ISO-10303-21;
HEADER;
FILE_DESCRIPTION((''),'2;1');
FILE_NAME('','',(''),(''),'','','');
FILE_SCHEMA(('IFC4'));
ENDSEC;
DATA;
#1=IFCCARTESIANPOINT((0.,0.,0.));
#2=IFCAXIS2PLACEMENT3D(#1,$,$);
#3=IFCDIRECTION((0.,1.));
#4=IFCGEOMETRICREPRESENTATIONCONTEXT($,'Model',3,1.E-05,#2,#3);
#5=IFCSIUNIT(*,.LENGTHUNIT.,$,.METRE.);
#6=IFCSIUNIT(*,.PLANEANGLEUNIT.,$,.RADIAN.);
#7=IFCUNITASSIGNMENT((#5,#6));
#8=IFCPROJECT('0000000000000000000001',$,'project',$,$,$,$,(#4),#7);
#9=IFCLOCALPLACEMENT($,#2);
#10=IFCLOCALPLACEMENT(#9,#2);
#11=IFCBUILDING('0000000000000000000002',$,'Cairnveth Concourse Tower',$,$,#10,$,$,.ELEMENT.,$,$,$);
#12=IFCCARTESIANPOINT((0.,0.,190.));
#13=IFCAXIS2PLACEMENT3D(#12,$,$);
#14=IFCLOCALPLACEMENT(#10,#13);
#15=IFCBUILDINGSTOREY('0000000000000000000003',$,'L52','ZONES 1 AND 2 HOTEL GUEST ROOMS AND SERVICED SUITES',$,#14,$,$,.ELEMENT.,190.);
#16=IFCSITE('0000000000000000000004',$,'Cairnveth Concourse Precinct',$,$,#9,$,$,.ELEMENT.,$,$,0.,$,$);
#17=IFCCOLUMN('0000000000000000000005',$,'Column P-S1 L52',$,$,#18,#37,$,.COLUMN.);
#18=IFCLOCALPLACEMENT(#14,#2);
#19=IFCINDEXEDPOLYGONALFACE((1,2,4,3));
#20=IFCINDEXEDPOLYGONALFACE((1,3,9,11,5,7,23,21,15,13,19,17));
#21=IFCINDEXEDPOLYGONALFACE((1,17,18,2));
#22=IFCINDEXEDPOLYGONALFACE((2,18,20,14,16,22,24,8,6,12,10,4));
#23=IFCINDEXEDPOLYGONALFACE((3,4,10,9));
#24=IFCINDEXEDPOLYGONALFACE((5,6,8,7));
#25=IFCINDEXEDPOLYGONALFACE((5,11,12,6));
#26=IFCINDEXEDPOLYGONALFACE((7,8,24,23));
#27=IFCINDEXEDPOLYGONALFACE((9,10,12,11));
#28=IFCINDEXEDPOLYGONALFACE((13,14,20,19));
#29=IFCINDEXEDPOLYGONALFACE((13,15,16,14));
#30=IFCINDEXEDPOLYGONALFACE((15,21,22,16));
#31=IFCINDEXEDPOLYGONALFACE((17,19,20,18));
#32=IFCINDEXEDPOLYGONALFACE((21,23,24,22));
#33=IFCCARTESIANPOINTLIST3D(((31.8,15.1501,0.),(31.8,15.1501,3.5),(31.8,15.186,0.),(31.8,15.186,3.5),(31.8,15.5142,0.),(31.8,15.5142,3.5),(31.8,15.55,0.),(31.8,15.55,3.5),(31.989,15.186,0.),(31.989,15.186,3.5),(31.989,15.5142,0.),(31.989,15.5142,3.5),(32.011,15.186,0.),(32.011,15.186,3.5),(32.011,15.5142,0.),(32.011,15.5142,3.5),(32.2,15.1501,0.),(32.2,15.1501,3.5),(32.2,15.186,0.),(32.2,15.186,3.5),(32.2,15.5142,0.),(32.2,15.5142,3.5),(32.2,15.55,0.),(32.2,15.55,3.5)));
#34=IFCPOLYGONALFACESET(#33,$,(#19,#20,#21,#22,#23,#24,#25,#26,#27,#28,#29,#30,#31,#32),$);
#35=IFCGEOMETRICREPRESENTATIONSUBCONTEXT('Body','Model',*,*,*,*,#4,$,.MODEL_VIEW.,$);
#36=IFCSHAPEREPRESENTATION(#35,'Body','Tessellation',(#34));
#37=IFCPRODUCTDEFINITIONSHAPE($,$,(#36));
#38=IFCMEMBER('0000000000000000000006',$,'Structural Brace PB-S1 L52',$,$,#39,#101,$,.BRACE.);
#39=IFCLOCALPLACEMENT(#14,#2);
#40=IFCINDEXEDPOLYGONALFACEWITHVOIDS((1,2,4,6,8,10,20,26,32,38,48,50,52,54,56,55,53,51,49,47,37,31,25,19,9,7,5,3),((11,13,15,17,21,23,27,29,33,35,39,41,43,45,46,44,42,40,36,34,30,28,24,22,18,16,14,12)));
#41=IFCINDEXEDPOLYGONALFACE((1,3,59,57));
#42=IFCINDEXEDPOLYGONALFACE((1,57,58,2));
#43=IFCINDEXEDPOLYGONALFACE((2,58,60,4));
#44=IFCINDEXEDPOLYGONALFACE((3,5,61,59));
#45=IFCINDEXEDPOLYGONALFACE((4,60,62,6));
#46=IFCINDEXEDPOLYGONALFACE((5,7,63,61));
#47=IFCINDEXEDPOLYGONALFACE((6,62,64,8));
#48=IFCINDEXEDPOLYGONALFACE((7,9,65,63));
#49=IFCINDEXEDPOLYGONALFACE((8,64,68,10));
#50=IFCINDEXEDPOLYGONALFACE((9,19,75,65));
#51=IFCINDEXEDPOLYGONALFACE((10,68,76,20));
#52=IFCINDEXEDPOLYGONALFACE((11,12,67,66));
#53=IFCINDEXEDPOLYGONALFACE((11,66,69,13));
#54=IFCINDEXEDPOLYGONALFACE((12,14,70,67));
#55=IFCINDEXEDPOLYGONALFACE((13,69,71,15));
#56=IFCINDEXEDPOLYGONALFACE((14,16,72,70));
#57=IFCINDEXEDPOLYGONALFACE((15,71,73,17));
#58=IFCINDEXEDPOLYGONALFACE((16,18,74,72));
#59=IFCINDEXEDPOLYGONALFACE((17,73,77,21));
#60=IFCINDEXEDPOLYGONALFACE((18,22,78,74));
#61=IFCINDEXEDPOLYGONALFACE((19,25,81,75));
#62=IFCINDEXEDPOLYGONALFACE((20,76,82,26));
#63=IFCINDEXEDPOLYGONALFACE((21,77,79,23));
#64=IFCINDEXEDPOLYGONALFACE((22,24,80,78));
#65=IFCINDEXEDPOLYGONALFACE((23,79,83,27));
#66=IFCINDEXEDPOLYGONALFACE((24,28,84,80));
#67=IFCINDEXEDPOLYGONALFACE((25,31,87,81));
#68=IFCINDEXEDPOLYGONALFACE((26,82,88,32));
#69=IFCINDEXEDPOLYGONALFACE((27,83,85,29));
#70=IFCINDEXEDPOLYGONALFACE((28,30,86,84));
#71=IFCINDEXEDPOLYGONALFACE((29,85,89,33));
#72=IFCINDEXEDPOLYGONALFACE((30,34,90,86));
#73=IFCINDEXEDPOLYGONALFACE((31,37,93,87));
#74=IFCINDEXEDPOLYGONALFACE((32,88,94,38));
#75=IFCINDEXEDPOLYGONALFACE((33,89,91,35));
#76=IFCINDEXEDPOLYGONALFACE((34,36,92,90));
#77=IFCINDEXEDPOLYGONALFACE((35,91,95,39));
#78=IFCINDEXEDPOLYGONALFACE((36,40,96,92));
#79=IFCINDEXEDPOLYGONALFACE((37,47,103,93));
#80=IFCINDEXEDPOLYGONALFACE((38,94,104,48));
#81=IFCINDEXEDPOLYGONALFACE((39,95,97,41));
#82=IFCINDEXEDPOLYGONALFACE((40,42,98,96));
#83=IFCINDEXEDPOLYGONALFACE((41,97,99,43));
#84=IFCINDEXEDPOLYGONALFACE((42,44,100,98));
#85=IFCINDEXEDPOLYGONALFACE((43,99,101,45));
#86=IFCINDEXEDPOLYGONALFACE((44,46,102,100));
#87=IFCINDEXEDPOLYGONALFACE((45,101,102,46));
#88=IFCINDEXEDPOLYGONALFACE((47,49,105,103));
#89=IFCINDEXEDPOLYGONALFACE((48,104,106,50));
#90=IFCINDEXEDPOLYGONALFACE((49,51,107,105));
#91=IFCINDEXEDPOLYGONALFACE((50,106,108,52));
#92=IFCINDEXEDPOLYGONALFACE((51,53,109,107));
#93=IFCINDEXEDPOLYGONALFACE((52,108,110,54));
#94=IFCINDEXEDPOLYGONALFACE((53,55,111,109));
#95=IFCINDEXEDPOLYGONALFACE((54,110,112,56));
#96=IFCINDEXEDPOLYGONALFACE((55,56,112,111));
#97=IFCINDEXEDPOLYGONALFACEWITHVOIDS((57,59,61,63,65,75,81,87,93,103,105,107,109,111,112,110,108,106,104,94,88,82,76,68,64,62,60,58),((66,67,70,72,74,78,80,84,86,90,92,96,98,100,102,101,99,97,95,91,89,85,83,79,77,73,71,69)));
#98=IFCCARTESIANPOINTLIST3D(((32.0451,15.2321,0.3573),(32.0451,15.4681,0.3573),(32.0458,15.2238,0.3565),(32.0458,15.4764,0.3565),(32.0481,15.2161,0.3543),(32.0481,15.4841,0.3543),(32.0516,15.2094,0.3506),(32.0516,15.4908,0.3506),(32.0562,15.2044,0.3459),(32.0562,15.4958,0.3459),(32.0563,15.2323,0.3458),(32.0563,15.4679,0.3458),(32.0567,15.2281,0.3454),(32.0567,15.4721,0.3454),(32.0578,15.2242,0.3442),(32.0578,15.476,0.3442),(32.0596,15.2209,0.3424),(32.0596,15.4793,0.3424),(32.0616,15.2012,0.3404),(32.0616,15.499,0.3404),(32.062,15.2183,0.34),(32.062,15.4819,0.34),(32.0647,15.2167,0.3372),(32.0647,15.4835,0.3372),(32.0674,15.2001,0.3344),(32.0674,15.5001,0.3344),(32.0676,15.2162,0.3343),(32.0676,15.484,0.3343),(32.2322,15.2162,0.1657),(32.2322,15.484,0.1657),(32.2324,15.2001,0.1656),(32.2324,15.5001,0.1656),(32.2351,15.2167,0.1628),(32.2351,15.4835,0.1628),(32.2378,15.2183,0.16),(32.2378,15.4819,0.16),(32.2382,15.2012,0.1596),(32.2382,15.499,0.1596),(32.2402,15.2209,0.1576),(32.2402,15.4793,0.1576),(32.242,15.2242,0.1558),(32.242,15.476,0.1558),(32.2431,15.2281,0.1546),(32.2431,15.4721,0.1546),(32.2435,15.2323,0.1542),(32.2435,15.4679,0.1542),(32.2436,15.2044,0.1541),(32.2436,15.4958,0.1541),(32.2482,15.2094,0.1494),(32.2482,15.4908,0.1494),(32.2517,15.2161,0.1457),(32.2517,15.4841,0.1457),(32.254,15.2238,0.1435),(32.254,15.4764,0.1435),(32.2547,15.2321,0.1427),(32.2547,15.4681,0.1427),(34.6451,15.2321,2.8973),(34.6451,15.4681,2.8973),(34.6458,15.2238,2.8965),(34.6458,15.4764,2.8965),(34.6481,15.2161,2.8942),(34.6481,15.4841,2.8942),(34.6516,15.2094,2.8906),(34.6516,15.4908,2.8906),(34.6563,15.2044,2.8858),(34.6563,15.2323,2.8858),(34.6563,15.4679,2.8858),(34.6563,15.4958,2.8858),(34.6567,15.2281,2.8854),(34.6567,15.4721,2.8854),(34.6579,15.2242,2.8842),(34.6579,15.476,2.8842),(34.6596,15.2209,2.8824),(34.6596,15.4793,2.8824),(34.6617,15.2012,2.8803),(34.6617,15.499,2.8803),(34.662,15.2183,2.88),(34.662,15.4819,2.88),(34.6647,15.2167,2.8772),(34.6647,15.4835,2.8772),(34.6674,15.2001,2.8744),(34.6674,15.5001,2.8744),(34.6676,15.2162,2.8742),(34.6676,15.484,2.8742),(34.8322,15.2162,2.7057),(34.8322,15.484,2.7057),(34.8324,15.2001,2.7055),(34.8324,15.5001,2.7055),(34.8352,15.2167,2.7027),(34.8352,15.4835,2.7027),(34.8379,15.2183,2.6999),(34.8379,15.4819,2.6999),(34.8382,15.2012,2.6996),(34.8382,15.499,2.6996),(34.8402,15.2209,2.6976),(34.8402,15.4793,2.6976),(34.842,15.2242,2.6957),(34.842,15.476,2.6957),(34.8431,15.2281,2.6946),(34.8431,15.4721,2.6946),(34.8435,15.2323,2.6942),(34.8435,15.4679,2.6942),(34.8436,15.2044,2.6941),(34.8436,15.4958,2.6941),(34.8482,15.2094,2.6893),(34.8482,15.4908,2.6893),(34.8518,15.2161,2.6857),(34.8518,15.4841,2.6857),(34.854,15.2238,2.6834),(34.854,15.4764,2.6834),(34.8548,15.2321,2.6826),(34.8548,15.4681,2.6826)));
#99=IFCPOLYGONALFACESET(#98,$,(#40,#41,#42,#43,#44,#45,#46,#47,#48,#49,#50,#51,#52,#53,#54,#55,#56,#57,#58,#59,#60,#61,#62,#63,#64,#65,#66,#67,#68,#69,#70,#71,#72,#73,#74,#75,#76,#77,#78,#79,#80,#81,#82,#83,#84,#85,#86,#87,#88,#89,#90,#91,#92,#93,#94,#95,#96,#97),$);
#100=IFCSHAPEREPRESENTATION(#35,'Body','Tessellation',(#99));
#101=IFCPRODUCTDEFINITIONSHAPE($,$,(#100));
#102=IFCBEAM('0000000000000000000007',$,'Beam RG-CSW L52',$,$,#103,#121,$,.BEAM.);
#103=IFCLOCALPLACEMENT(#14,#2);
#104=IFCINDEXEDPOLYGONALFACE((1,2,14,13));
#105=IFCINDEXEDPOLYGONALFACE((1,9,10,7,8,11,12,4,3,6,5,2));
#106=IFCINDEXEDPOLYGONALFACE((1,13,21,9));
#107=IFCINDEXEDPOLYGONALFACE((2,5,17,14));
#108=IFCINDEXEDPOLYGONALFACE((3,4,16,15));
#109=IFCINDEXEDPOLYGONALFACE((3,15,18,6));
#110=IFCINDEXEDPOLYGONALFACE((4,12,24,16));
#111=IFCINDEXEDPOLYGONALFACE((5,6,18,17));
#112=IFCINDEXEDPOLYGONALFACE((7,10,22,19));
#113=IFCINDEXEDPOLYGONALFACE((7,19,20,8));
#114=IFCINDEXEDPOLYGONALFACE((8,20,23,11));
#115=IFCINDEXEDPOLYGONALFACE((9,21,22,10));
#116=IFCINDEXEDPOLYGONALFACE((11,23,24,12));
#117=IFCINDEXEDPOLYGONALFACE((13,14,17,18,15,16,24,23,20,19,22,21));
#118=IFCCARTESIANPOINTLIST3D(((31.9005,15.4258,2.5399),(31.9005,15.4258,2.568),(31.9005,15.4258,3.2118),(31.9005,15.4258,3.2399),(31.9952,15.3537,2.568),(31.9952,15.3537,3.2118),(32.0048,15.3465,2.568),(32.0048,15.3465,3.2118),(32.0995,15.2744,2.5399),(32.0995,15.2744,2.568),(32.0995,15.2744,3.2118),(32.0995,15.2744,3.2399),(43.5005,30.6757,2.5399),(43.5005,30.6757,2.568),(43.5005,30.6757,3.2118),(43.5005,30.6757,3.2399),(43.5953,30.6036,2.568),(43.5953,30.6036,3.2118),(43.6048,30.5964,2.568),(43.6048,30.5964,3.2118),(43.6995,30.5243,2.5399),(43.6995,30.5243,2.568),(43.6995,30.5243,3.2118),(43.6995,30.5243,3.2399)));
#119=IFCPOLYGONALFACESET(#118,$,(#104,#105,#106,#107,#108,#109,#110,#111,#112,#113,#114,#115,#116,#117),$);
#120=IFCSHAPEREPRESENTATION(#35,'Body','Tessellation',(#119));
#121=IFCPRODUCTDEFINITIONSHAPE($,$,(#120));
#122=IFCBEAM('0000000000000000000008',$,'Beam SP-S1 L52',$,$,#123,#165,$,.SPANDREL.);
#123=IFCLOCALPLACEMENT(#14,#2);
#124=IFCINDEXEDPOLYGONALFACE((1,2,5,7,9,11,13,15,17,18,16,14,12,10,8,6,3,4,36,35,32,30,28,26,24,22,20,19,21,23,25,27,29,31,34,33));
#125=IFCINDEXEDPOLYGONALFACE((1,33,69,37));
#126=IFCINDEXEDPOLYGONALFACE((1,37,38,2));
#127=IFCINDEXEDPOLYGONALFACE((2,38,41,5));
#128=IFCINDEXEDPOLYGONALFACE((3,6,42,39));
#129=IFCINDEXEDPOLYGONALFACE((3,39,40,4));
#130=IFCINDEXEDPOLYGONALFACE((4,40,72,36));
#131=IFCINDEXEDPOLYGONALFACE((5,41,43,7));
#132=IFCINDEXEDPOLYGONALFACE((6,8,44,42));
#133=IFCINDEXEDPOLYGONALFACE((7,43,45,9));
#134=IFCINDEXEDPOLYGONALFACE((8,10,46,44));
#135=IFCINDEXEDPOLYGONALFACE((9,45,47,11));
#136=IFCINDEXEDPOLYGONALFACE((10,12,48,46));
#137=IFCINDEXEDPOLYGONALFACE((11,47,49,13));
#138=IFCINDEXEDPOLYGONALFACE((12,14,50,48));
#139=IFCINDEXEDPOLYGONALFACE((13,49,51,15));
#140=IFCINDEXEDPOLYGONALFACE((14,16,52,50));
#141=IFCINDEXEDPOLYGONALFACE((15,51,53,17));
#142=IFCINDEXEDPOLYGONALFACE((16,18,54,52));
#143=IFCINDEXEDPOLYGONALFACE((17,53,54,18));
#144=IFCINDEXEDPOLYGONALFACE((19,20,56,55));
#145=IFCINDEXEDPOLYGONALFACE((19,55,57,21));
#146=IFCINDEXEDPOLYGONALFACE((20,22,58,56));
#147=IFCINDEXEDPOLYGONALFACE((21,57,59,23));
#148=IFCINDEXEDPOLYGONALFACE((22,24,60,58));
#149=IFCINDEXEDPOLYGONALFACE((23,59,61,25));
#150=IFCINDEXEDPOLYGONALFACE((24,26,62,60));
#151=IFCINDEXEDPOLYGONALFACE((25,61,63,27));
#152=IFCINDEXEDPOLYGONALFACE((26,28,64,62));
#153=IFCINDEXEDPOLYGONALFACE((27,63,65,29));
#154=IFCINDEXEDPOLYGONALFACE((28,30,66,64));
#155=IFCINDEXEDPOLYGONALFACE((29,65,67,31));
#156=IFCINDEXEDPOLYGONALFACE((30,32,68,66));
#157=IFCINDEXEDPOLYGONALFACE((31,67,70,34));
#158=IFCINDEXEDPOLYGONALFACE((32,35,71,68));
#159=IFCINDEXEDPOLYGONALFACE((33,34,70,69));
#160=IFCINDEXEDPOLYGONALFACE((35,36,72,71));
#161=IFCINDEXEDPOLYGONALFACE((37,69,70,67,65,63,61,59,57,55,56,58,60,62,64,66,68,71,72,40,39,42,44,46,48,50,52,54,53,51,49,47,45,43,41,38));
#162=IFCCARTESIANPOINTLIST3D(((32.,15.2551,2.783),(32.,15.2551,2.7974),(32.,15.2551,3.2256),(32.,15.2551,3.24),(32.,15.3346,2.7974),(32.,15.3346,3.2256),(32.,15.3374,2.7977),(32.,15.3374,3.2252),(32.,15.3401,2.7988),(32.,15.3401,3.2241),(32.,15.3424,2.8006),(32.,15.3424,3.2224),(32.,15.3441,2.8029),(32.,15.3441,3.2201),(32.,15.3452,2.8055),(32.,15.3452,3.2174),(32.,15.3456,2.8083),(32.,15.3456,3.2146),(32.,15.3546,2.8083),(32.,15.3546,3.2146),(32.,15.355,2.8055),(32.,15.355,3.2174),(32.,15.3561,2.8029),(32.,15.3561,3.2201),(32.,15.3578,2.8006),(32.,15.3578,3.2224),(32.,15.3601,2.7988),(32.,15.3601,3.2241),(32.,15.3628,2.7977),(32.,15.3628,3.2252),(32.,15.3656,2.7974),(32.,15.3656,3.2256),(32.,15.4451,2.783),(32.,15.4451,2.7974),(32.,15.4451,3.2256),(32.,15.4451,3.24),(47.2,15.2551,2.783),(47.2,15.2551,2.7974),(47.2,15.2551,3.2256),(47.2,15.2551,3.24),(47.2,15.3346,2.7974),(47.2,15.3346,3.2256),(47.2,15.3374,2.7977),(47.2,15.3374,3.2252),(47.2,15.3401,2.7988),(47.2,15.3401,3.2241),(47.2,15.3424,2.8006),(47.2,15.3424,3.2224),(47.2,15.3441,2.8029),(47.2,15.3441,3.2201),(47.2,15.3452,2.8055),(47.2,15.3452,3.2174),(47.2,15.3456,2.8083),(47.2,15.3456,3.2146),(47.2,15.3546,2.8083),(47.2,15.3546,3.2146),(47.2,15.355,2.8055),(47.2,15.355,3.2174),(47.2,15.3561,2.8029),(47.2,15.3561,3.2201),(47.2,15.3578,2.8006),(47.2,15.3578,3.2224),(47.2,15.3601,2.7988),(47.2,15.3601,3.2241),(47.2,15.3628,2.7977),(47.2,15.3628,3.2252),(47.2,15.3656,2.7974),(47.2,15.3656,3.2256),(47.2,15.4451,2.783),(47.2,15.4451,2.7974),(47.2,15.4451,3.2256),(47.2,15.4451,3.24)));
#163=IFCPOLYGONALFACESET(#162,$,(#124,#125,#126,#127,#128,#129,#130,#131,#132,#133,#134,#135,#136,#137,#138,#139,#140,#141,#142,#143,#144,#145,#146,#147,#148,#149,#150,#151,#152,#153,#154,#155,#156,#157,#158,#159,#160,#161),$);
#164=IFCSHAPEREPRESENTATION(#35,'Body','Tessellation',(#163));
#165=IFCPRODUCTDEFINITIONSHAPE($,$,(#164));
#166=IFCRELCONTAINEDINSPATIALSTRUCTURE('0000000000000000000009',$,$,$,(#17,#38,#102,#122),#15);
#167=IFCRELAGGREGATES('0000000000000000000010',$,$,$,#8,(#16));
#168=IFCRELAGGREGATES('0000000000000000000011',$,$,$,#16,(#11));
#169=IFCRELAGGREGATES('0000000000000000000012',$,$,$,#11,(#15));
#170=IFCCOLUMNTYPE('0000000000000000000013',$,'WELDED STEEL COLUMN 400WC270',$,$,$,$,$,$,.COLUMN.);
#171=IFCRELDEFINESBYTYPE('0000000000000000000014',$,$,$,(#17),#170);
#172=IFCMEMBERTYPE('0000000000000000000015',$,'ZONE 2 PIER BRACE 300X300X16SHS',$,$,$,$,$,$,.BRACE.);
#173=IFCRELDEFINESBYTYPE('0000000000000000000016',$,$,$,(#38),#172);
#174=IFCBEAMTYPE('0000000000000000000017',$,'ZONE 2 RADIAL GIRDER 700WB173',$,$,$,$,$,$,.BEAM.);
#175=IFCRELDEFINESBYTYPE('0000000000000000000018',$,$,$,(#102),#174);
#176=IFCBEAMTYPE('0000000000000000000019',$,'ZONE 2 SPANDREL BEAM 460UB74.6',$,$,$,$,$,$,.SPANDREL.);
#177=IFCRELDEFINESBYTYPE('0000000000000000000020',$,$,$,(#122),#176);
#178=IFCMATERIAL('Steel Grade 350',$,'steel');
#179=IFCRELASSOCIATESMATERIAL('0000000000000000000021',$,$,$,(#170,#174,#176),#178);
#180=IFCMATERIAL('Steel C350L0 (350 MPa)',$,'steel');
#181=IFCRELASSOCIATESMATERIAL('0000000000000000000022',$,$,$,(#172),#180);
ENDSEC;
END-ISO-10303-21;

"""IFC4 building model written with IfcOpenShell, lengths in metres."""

from ifc_helpers import new_model, si_unit, direction, frame, origin, origin_2d, place, context, subcontext, project, spatial, hollow_rectangle, i_section, extrude, material, material_profile, profile_set, type_object, element, save


model = new_model("IFC4")

# Units and contexts
model_context = context("Model", 3, precision=1e-05, world=origin(), true_north=direction((0.0, 1.0)))
body_context = subcontext(model_context, "Body", "Model", "MODEL_VIEW")
ifc_project = project(units=[si_unit("LENGTHUNIT", "METRE"), si_unit("PLANEANGLEUNIT", "RADIAN")], contexts=[model_context])

# Site, building, storey
site_placement = place(None, origin())
site = spatial("IfcSite", under=ifc_project, at=site_placement, Name="Cairnveth Concourse Precinct", CompositionType="ELEMENT", RefElevation=0.0)
building_placement = place(site_placement, origin())
building = spatial("IfcBuilding", under=site, at=building_placement, Name="Cairnveth Concourse Tower", CompositionType="ELEMENT")
storey_placement = place(building_placement, frame((0.0, 0.0, 190.0)))
storey = spatial("IfcBuildingStorey", under=building, at=storey_placement, Name="L52", Description="ZONES 1 AND 2 HOTEL GUEST ROOMS AND SERVICED SUITES", CompositionType="ELEMENT", Elevation=190.0)

# Column
ifc_material_1 = material(Name="Steel Grade 350", Category="steel")
ifc_material_profile_1 = material_profile(ifc_material_1, i_section(OverallWidth=0.3999, OverallDepth=0.3999, WebThickness=0.022, FlangeThickness=0.0359, at=origin_2d()), Name="400WC270")
ifc_profile_set_1 = profile_set([ifc_material_profile_1], Name="Steel Grade 350")
column_type = type_object("IfcColumnType", Name="WELDED STEEL COLUMN 400WC270", PredefinedType="COLUMN", material=ifc_profile_set_1)
column_placement = place(storey_placement, frame((32.0, 15.3501, 0.0), z_axis=(0.0, 0.0, 1.0), x_axis=(1.0, 0.0, 0.0)))
element("IfcColumn", 1, at=column_placement, inside=storey, type_object=column_type, Name="Column P-S1 L52", PredefinedType="COLUMN", context=body_context, shape_type="SweptSolid", body=[
    extrude(i_section(OverallWidth=0.3999, OverallDepth=0.3999, WebThickness=0.022, FlangeThickness=0.0359, at=origin_2d()), origin(), (0.0, 0.0, 1.0), 3.5),
])

# Member
ifc_material_2 = material(Name="Steel C350L0 (350 MPa)", Category="steel")
ifc_material_profile_2 = material_profile(ifc_material_2, hollow_rectangle(XDim=0.3, YDim=0.3, WallThickness=0.0161, InnerFilletRadius=0.0161, OuterFilletRadius=0.032, at=origin_2d()), Name="300x300x16.0SHS")
ifc_profile_set_2 = profile_set([ifc_material_profile_2], Name="Steel C350L0 (350 MPa)")
member_type = type_object("IfcMemberType", Name="ZONE 2 PIER BRACE 300X300X16SHS", PredefinedType="BRACE", material=ifc_profile_set_2)
member_placement = place(storey_placement, frame((32.1499, 15.3501, 0.25), z_axis=(0.71532, 0.0, 0.698797), x_axis=(0.0, 1.0, 0.0)))
element("IfcMember", 2, at=member_placement, inside=storey, type_object=member_type, Name="Structural Brace PB-S1 L52", PredefinedType="BRACE", context=body_context, shape_type="SweptSolid", body=[
    extrude(hollow_rectangle(XDim=0.3, YDim=0.3, WallThickness=0.0161, InnerFilletRadius=0.0161, OuterFilletRadius=0.032, at=origin_2d()), origin(), (0.0, 0.0, 1.0), 3.6348),
])

# Beams
ifc_material_profile_3 = material_profile(ifc_material_1, i_section(OverallWidth=0.25, OverallDepth=0.7, WebThickness=0.012, FlangeThickness=0.0281, at=origin_2d()), Name="700WB173")
ifc_profile_set_3 = profile_set([ifc_material_profile_3], Name="Steel Grade 350")
beam_type_1 = type_object("IfcBeamType", Name="ZONE 2 RADIAL GIRDER 700WB173", PredefinedType="BEAM", material=ifc_profile_set_3)
beam_1_placement = place(storey_placement, frame((32.0, 15.3501, 2.8899), z_axis=(0.605417, 0.795908, 0.0), x_axis=(-0.795908, 0.605417, 0.0)))
element("IfcBeam", 3, at=beam_1_placement, inside=storey, type_object=beam_type_1, Name="Beam RG-CSW L52", PredefinedType="BEAM", context=body_context, shape_type="SweptSolid", body=[
    extrude(i_section(OverallWidth=0.25, OverallDepth=0.7, WebThickness=0.012, FlangeThickness=0.0281, at=origin_2d()), origin(), (0.0, 0.0, 1.0), 19.1604),
])
ifc_material_profile_4 = material_profile(ifc_material_1, i_section(OverallWidth=0.1899, OverallDepth=0.457, WebThickness=0.009, FlangeThickness=0.0144, FilletRadius=0.011, at=origin_2d()), Name="460UB74.6")
ifc_profile_set_4 = profile_set([ifc_material_profile_4], Name="Steel Grade 350")
beam_type_2 = type_object("IfcBeamType", Name="ZONE 2 SPANDREL BEAM 460UB74.6", PredefinedType="SPANDREL", material=ifc_profile_set_4)
beam_2_placement = place(storey_placement, frame((32.0, 15.3501, 3.0115), z_axis=(1.0, 0.0, 0.0), x_axis=(0.0, 1.0, 0.0)))
element("IfcBeam", 4, at=beam_2_placement, inside=storey, type_object=beam_type_2, Name="Beam SP-S1 L52", PredefinedType="SPANDREL", context=body_context, shape_type="SweptSolid", body=[
    extrude(i_section(OverallWidth=0.1899, OverallDepth=0.457, WebThickness=0.009, FlangeThickness=0.0144, FilletRadius=0.011, at=origin_2d()), origin(), (0.0, 0.0, 1.0), 15.2),
])

save(model, "model.ifc")
